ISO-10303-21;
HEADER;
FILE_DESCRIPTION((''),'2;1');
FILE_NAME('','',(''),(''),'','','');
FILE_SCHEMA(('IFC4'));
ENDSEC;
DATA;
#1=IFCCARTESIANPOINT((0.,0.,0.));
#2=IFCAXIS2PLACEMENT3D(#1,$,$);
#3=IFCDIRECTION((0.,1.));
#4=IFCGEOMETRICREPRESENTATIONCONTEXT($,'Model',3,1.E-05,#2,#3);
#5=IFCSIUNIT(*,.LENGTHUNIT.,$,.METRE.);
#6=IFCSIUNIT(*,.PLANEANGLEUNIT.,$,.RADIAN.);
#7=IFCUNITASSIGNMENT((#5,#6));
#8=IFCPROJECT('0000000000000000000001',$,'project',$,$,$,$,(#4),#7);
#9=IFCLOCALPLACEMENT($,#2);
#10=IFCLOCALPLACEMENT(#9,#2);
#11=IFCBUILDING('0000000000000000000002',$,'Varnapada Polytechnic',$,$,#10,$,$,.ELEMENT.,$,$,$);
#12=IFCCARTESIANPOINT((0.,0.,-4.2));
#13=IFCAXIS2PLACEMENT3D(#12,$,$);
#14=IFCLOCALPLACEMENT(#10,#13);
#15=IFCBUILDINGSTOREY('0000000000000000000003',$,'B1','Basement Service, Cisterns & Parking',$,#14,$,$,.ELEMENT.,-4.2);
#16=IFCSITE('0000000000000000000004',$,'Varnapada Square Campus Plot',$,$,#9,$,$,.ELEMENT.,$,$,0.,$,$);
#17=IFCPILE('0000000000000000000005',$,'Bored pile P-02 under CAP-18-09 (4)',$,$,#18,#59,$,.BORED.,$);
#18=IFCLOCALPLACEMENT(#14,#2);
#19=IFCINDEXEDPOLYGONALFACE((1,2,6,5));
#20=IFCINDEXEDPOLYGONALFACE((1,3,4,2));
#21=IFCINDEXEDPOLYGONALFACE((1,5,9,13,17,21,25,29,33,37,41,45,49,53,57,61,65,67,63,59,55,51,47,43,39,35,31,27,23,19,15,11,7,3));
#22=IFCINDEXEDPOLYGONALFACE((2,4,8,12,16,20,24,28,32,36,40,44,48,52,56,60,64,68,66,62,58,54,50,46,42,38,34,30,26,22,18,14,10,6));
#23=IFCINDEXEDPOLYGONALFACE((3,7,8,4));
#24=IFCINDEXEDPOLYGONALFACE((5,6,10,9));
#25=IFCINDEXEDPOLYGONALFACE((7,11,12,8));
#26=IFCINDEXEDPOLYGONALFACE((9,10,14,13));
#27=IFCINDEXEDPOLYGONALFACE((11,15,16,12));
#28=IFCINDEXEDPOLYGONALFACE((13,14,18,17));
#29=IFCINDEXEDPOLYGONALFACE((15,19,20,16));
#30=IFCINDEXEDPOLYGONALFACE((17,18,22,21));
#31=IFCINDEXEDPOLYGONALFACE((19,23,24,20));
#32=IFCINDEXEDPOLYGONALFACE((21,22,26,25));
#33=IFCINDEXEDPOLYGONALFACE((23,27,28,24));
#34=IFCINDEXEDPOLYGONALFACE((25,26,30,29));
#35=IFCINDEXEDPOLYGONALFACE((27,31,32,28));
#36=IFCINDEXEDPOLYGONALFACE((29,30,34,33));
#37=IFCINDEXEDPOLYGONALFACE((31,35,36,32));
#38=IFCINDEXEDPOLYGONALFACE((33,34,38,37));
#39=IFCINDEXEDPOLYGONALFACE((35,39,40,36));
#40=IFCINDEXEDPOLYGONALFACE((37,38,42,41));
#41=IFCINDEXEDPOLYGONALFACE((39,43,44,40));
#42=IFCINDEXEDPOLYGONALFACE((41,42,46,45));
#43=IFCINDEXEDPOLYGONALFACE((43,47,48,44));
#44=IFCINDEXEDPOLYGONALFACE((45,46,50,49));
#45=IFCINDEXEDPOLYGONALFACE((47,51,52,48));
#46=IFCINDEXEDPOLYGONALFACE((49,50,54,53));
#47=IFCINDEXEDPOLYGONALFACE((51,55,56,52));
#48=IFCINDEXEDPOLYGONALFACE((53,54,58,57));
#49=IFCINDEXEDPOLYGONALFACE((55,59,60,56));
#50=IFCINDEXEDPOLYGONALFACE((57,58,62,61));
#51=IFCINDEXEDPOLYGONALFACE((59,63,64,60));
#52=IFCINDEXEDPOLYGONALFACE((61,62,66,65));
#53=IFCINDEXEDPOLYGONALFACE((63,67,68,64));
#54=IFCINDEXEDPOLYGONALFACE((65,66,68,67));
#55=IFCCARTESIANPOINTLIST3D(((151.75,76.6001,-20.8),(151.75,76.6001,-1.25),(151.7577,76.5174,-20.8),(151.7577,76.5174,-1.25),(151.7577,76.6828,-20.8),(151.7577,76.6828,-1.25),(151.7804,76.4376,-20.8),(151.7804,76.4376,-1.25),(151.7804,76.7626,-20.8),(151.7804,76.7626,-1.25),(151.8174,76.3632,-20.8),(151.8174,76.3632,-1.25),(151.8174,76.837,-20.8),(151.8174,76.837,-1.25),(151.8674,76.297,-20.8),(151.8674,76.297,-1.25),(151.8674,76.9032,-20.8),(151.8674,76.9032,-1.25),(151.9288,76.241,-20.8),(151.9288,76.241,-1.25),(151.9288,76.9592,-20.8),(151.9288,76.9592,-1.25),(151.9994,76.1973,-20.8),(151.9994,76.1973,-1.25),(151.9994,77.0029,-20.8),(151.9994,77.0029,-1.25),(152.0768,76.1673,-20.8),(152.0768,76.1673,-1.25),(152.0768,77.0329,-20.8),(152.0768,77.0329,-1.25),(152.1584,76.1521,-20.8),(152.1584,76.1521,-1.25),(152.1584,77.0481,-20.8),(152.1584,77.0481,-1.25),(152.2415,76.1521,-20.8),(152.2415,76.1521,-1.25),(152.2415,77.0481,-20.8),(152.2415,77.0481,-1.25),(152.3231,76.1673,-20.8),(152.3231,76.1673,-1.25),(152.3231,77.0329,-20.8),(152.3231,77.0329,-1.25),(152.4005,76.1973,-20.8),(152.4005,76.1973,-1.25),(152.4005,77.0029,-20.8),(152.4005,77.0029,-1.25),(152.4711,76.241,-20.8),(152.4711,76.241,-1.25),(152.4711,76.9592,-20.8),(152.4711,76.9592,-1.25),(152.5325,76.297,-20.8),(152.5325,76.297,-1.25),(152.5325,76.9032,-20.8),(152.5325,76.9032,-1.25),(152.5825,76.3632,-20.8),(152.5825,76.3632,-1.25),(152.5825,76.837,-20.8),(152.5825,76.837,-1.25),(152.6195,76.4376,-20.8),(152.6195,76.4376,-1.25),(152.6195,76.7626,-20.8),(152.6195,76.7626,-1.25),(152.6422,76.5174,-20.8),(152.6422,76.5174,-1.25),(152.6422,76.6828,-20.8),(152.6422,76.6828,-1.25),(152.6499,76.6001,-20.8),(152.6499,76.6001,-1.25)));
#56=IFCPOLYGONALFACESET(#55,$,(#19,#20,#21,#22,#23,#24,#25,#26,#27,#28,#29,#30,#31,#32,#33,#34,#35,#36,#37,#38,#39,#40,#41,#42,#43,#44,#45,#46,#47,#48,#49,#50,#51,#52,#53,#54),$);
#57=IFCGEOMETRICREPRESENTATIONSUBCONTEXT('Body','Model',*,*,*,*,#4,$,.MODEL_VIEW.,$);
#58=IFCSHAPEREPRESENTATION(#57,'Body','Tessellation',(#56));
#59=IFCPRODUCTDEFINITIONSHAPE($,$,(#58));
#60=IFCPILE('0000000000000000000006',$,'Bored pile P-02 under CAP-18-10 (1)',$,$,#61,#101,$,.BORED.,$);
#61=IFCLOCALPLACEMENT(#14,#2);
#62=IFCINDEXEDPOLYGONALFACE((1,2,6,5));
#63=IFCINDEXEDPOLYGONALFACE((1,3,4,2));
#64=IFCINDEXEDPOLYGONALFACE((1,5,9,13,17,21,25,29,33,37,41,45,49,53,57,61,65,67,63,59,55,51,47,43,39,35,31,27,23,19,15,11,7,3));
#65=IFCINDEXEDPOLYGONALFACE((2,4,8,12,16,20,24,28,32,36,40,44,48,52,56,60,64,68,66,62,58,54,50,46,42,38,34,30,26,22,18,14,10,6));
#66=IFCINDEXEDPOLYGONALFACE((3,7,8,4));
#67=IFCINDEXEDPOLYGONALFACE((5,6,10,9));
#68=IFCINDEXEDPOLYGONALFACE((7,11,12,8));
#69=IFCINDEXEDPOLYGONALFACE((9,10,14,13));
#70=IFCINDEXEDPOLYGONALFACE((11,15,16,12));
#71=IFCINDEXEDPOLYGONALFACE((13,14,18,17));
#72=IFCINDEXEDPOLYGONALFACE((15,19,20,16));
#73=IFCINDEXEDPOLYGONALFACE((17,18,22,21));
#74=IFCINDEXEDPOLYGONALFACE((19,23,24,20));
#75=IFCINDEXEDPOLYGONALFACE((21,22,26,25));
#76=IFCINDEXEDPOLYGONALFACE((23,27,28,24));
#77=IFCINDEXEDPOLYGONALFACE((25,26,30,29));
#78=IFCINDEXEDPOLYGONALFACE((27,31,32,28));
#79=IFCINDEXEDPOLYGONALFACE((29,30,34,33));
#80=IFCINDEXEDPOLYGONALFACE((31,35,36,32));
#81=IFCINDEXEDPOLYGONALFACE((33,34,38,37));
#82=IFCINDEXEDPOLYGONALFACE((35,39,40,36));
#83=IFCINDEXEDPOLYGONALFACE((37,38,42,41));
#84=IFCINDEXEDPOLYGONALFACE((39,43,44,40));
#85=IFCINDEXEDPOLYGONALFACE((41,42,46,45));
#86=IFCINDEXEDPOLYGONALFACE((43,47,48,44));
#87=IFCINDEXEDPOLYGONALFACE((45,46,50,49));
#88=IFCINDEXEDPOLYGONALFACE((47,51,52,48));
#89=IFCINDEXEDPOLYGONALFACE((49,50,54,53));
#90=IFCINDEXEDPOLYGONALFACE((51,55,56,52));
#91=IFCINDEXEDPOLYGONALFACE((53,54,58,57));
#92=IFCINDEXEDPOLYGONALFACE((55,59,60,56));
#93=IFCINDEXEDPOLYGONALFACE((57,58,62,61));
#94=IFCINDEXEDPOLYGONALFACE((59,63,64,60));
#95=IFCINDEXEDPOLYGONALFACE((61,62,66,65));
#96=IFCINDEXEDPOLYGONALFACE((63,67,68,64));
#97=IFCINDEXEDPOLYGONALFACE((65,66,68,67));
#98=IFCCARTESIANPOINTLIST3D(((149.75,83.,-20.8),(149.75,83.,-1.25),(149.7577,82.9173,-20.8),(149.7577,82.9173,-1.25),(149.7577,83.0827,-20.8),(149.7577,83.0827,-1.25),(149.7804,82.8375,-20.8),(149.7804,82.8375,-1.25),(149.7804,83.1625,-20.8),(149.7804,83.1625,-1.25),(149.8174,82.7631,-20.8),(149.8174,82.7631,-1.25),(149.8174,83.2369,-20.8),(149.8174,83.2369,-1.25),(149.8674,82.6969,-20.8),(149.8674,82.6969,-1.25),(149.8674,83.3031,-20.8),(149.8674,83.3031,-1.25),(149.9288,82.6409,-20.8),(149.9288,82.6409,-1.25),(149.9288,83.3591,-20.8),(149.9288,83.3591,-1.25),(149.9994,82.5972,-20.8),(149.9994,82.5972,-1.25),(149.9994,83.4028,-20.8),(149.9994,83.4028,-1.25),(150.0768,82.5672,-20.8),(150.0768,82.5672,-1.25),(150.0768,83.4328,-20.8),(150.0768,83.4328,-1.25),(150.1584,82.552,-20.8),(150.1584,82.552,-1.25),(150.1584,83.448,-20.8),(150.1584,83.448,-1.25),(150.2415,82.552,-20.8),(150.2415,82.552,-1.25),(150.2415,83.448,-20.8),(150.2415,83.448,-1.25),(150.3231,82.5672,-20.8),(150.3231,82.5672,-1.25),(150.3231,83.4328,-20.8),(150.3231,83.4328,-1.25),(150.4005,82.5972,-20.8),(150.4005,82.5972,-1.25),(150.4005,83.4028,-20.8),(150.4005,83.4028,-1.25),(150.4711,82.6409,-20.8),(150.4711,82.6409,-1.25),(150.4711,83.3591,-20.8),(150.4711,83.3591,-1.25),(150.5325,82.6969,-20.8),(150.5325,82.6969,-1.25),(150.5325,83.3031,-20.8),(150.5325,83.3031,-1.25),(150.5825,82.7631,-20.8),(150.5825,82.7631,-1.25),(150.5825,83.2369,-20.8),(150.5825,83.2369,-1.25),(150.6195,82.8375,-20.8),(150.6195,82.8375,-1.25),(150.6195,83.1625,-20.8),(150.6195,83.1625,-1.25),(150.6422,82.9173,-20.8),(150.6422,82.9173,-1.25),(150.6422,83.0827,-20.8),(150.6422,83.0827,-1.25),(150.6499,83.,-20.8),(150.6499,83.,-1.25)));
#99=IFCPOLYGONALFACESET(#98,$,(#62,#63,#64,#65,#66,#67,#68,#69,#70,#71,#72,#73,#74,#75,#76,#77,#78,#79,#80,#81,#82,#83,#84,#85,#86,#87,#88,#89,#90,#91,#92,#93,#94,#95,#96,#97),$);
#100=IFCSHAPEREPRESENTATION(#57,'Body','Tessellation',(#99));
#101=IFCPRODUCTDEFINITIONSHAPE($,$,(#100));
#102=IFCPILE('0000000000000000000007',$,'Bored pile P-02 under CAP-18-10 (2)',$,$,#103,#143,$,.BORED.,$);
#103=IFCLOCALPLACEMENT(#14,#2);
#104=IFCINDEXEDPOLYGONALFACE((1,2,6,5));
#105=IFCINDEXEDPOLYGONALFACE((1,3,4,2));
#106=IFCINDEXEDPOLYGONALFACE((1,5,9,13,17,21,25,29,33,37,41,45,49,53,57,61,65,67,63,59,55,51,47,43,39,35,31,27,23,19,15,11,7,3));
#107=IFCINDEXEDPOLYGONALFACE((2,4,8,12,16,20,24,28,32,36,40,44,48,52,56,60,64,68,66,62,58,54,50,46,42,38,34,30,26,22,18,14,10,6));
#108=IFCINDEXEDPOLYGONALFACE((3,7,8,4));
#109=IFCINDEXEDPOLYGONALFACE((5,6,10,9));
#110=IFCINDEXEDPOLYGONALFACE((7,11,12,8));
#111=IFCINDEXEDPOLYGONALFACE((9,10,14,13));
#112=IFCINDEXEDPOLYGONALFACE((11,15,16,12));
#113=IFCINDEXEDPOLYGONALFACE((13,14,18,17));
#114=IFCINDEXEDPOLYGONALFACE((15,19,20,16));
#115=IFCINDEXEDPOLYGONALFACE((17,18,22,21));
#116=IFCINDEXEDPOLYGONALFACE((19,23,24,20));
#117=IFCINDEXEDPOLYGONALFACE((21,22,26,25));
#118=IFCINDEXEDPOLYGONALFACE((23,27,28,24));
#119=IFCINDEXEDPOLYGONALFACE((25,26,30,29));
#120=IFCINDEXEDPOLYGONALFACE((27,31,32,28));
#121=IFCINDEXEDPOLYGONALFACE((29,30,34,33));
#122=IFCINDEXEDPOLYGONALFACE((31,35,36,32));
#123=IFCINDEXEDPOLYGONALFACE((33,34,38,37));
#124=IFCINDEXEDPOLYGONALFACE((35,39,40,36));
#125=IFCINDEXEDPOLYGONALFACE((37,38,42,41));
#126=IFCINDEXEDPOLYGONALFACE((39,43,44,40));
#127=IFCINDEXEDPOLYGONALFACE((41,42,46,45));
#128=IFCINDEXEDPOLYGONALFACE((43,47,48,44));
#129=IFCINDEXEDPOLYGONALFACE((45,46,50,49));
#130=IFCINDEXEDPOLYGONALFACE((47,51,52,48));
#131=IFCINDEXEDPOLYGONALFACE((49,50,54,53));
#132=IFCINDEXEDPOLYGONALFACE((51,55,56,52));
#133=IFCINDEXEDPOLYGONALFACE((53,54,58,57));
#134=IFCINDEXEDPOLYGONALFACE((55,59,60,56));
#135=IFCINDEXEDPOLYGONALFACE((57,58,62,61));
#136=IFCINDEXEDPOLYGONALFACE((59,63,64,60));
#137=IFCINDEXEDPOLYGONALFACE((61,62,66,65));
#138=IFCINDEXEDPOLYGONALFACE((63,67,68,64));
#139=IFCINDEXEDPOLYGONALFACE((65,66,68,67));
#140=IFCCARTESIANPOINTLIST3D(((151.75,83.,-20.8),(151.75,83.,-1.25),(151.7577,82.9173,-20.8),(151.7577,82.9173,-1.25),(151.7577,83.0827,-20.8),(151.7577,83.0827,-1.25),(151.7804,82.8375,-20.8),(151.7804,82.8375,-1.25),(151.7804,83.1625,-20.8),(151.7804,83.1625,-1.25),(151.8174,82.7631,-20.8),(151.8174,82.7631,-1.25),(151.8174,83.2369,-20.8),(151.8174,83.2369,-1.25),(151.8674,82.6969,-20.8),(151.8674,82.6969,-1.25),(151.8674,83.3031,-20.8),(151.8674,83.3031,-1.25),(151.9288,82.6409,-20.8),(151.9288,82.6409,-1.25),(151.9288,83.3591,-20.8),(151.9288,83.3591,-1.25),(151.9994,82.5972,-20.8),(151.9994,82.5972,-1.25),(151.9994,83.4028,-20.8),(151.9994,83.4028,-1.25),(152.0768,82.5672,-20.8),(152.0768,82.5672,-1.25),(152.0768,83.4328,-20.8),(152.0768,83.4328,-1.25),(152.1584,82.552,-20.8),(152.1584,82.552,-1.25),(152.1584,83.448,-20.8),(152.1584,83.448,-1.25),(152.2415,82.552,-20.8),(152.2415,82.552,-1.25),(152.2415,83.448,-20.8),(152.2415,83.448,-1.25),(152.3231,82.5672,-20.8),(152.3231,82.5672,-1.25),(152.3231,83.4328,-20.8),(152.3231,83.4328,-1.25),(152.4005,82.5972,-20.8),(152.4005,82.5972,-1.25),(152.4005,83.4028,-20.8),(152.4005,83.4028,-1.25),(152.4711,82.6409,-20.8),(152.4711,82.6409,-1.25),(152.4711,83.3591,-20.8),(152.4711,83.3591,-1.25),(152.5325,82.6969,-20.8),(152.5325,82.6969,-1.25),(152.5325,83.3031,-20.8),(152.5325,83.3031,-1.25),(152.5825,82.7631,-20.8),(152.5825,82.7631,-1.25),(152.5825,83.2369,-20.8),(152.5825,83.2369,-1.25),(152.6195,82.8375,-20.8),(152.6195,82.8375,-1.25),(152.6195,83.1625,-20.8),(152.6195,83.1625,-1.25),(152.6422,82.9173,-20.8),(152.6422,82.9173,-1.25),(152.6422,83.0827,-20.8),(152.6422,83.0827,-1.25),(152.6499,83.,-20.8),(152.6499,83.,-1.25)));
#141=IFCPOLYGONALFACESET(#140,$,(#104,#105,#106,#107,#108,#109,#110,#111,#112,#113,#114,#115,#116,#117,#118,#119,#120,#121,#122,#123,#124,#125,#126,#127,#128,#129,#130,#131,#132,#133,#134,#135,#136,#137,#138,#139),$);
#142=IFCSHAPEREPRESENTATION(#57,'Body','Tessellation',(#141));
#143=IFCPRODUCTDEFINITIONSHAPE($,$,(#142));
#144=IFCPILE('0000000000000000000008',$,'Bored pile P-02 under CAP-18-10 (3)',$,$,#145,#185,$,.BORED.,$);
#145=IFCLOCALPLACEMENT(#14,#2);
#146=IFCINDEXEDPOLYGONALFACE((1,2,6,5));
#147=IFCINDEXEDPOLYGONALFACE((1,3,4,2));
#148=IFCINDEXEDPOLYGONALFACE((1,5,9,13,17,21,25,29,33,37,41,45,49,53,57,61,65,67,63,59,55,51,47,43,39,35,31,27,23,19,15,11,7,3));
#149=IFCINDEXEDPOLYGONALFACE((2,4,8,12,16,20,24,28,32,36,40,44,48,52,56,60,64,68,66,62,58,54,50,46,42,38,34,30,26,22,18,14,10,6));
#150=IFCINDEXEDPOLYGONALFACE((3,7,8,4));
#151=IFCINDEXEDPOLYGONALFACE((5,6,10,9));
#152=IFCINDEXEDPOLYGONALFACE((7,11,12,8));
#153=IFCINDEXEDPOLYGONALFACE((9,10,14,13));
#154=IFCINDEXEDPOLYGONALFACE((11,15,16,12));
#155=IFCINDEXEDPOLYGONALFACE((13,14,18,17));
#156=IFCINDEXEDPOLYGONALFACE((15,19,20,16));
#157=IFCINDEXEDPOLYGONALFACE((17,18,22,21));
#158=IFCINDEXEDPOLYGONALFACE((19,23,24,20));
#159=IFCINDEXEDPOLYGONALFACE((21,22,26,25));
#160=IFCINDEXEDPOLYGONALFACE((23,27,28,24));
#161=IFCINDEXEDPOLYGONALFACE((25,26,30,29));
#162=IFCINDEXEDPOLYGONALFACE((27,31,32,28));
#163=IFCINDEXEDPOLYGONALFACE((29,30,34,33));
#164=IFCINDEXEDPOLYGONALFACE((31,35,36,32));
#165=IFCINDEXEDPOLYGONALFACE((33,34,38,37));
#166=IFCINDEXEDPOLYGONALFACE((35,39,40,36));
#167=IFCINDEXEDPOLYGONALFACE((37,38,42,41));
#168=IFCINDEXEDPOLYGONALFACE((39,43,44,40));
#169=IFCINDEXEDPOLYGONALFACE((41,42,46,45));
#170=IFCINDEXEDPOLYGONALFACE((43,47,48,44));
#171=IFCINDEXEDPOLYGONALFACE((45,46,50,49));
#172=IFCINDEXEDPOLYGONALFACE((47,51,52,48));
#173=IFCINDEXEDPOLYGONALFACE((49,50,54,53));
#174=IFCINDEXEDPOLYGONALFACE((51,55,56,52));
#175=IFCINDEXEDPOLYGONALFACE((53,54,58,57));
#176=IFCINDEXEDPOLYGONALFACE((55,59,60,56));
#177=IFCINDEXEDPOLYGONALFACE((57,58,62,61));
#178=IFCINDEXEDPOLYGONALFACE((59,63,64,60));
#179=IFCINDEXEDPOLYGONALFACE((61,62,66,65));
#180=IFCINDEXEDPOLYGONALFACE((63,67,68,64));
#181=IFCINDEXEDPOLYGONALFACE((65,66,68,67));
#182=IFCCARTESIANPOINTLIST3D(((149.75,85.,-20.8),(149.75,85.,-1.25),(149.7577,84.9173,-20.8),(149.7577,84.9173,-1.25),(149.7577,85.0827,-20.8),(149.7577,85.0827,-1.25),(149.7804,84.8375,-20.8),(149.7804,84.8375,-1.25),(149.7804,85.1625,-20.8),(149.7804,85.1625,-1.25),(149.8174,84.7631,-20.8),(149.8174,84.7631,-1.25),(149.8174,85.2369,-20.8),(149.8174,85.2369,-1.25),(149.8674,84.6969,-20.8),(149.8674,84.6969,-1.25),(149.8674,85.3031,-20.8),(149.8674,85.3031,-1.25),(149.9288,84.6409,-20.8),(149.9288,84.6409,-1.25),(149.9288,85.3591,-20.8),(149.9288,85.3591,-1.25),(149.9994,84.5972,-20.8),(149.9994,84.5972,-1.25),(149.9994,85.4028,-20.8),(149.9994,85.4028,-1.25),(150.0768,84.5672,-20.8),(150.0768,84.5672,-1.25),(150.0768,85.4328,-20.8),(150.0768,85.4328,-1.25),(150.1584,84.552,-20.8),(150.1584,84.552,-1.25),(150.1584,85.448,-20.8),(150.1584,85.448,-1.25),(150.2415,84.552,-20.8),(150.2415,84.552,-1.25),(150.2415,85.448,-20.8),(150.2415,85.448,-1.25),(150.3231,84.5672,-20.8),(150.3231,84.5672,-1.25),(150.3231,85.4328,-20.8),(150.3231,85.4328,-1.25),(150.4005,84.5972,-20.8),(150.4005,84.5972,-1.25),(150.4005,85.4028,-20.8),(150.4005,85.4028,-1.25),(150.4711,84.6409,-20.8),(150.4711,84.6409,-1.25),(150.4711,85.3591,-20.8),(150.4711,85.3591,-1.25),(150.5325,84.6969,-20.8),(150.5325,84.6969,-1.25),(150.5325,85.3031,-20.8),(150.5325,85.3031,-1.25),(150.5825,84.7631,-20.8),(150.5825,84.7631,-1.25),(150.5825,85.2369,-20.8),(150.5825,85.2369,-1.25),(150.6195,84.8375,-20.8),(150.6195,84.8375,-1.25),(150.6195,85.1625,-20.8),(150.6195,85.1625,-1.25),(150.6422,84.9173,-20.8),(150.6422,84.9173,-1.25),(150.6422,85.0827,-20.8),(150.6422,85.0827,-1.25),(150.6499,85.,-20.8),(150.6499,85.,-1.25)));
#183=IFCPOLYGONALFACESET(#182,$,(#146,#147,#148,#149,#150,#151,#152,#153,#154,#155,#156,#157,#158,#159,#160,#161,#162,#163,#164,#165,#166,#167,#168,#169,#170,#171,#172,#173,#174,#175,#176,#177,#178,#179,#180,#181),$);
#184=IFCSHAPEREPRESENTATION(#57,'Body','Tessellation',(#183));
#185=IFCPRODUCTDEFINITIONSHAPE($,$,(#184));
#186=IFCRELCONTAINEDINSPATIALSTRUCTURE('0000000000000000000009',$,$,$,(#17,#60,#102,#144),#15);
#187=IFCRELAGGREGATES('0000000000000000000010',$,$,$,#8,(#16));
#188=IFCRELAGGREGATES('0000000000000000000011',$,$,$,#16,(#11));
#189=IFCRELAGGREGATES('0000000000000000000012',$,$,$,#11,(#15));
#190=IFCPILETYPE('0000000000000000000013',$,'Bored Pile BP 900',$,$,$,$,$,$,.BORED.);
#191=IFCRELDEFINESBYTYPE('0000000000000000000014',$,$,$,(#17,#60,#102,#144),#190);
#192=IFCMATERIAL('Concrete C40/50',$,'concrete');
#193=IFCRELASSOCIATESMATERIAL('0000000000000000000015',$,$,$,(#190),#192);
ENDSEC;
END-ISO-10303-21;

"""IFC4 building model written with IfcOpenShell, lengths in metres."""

from ifc_helpers import new_model, si_unit, direction, frame, origin, origin_2d, place, context, subcontext, project, spatial, circle, extrude, material, material_profile, profile_set, type_object, element, save


model = new_model("IFC4")

# Units and contexts
model_context = context("Model", 3, precision=1e-05, world=origin(), true_north=direction((0.0, 1.0)))
body_context = subcontext(model_context, "Body", "Model", "MODEL_VIEW")
ifc_project = project(units=[si_unit("LENGTHUNIT", "METRE"), si_unit("PLANEANGLEUNIT", "RADIAN")], contexts=[model_context])

# Site, building, storey
site_placement = place(None, origin())
site = spatial("IfcSite", under=ifc_project, at=site_placement, Name="Varnapada Square Campus Plot", CompositionType="ELEMENT", RefElevation=0.0)
building_placement = place(site_placement, origin())
building = spatial("IfcBuilding", under=site, at=building_placement, Name="Varnapada Polytechnic", CompositionType="ELEMENT")
storey_placement = place(building_placement, frame((0.0, 0.0, -4.2)))
storey = spatial("IfcBuildingStorey", under=building, at=storey_placement, Name="B1", Description="Basement Service, Cisterns & Parking", CompositionType="ELEMENT", Elevation=-4.2)

# Piles
ifc_material_1 = material(Name="Concrete C40/50", Category="concrete")
ifc_material_profile_1 = material_profile(ifc_material_1, circle(Radius=0.45, at=origin_2d()), Name="BP 900")
ifc_profile_set_1 = profile_set([ifc_material_profile_1], Name="Concrete C40/50")
pile_type_1 = type_object("IfcPileType", Name="Bored Pile BP 900", PredefinedType="BORED", material=ifc_profile_set_1)
for number, where, z_axis, x_axis, name in (
    (1, (152.2, 76.6001, -1.25), (0.0, 0.0, -1.0), (1.0, 0.0, 0.0), "Bored pile P-02 under CAP-18-09 (4)"),
    (2, (150.2, 83.0, -1.25), (0.0, 0.0, -1.0), (1.0, 0.0, 0.0), "Bored pile P-02 under CAP-18-10 (1)"),
    (3, (152.2, 83.0, -1.25), (0.0, 0.0, -1.0), (1.0, 0.0, 0.0), "Bored pile P-02 under CAP-18-10 (2)"),
    (4, (150.2, 85.0, -1.25), (0.0, 0.0, -1.0), (1.0, 0.0, 0.0), "Bored pile P-02 under CAP-18-10 (3)"),
):
    element("IfcPile", number, at=place(storey_placement, frame(where, z_axis=z_axis, x_axis=x_axis)), inside=storey, type_object=pile_type_1, Name=name, PredefinedType="BORED", context=body_context, shape_type="SweptSolid", body=[
        extrude(circle(Radius=0.45, at=origin_2d()), origin(), (0.0, 0.0, 1.0), 19.55),
    ])

save(model, "model.ifc")
